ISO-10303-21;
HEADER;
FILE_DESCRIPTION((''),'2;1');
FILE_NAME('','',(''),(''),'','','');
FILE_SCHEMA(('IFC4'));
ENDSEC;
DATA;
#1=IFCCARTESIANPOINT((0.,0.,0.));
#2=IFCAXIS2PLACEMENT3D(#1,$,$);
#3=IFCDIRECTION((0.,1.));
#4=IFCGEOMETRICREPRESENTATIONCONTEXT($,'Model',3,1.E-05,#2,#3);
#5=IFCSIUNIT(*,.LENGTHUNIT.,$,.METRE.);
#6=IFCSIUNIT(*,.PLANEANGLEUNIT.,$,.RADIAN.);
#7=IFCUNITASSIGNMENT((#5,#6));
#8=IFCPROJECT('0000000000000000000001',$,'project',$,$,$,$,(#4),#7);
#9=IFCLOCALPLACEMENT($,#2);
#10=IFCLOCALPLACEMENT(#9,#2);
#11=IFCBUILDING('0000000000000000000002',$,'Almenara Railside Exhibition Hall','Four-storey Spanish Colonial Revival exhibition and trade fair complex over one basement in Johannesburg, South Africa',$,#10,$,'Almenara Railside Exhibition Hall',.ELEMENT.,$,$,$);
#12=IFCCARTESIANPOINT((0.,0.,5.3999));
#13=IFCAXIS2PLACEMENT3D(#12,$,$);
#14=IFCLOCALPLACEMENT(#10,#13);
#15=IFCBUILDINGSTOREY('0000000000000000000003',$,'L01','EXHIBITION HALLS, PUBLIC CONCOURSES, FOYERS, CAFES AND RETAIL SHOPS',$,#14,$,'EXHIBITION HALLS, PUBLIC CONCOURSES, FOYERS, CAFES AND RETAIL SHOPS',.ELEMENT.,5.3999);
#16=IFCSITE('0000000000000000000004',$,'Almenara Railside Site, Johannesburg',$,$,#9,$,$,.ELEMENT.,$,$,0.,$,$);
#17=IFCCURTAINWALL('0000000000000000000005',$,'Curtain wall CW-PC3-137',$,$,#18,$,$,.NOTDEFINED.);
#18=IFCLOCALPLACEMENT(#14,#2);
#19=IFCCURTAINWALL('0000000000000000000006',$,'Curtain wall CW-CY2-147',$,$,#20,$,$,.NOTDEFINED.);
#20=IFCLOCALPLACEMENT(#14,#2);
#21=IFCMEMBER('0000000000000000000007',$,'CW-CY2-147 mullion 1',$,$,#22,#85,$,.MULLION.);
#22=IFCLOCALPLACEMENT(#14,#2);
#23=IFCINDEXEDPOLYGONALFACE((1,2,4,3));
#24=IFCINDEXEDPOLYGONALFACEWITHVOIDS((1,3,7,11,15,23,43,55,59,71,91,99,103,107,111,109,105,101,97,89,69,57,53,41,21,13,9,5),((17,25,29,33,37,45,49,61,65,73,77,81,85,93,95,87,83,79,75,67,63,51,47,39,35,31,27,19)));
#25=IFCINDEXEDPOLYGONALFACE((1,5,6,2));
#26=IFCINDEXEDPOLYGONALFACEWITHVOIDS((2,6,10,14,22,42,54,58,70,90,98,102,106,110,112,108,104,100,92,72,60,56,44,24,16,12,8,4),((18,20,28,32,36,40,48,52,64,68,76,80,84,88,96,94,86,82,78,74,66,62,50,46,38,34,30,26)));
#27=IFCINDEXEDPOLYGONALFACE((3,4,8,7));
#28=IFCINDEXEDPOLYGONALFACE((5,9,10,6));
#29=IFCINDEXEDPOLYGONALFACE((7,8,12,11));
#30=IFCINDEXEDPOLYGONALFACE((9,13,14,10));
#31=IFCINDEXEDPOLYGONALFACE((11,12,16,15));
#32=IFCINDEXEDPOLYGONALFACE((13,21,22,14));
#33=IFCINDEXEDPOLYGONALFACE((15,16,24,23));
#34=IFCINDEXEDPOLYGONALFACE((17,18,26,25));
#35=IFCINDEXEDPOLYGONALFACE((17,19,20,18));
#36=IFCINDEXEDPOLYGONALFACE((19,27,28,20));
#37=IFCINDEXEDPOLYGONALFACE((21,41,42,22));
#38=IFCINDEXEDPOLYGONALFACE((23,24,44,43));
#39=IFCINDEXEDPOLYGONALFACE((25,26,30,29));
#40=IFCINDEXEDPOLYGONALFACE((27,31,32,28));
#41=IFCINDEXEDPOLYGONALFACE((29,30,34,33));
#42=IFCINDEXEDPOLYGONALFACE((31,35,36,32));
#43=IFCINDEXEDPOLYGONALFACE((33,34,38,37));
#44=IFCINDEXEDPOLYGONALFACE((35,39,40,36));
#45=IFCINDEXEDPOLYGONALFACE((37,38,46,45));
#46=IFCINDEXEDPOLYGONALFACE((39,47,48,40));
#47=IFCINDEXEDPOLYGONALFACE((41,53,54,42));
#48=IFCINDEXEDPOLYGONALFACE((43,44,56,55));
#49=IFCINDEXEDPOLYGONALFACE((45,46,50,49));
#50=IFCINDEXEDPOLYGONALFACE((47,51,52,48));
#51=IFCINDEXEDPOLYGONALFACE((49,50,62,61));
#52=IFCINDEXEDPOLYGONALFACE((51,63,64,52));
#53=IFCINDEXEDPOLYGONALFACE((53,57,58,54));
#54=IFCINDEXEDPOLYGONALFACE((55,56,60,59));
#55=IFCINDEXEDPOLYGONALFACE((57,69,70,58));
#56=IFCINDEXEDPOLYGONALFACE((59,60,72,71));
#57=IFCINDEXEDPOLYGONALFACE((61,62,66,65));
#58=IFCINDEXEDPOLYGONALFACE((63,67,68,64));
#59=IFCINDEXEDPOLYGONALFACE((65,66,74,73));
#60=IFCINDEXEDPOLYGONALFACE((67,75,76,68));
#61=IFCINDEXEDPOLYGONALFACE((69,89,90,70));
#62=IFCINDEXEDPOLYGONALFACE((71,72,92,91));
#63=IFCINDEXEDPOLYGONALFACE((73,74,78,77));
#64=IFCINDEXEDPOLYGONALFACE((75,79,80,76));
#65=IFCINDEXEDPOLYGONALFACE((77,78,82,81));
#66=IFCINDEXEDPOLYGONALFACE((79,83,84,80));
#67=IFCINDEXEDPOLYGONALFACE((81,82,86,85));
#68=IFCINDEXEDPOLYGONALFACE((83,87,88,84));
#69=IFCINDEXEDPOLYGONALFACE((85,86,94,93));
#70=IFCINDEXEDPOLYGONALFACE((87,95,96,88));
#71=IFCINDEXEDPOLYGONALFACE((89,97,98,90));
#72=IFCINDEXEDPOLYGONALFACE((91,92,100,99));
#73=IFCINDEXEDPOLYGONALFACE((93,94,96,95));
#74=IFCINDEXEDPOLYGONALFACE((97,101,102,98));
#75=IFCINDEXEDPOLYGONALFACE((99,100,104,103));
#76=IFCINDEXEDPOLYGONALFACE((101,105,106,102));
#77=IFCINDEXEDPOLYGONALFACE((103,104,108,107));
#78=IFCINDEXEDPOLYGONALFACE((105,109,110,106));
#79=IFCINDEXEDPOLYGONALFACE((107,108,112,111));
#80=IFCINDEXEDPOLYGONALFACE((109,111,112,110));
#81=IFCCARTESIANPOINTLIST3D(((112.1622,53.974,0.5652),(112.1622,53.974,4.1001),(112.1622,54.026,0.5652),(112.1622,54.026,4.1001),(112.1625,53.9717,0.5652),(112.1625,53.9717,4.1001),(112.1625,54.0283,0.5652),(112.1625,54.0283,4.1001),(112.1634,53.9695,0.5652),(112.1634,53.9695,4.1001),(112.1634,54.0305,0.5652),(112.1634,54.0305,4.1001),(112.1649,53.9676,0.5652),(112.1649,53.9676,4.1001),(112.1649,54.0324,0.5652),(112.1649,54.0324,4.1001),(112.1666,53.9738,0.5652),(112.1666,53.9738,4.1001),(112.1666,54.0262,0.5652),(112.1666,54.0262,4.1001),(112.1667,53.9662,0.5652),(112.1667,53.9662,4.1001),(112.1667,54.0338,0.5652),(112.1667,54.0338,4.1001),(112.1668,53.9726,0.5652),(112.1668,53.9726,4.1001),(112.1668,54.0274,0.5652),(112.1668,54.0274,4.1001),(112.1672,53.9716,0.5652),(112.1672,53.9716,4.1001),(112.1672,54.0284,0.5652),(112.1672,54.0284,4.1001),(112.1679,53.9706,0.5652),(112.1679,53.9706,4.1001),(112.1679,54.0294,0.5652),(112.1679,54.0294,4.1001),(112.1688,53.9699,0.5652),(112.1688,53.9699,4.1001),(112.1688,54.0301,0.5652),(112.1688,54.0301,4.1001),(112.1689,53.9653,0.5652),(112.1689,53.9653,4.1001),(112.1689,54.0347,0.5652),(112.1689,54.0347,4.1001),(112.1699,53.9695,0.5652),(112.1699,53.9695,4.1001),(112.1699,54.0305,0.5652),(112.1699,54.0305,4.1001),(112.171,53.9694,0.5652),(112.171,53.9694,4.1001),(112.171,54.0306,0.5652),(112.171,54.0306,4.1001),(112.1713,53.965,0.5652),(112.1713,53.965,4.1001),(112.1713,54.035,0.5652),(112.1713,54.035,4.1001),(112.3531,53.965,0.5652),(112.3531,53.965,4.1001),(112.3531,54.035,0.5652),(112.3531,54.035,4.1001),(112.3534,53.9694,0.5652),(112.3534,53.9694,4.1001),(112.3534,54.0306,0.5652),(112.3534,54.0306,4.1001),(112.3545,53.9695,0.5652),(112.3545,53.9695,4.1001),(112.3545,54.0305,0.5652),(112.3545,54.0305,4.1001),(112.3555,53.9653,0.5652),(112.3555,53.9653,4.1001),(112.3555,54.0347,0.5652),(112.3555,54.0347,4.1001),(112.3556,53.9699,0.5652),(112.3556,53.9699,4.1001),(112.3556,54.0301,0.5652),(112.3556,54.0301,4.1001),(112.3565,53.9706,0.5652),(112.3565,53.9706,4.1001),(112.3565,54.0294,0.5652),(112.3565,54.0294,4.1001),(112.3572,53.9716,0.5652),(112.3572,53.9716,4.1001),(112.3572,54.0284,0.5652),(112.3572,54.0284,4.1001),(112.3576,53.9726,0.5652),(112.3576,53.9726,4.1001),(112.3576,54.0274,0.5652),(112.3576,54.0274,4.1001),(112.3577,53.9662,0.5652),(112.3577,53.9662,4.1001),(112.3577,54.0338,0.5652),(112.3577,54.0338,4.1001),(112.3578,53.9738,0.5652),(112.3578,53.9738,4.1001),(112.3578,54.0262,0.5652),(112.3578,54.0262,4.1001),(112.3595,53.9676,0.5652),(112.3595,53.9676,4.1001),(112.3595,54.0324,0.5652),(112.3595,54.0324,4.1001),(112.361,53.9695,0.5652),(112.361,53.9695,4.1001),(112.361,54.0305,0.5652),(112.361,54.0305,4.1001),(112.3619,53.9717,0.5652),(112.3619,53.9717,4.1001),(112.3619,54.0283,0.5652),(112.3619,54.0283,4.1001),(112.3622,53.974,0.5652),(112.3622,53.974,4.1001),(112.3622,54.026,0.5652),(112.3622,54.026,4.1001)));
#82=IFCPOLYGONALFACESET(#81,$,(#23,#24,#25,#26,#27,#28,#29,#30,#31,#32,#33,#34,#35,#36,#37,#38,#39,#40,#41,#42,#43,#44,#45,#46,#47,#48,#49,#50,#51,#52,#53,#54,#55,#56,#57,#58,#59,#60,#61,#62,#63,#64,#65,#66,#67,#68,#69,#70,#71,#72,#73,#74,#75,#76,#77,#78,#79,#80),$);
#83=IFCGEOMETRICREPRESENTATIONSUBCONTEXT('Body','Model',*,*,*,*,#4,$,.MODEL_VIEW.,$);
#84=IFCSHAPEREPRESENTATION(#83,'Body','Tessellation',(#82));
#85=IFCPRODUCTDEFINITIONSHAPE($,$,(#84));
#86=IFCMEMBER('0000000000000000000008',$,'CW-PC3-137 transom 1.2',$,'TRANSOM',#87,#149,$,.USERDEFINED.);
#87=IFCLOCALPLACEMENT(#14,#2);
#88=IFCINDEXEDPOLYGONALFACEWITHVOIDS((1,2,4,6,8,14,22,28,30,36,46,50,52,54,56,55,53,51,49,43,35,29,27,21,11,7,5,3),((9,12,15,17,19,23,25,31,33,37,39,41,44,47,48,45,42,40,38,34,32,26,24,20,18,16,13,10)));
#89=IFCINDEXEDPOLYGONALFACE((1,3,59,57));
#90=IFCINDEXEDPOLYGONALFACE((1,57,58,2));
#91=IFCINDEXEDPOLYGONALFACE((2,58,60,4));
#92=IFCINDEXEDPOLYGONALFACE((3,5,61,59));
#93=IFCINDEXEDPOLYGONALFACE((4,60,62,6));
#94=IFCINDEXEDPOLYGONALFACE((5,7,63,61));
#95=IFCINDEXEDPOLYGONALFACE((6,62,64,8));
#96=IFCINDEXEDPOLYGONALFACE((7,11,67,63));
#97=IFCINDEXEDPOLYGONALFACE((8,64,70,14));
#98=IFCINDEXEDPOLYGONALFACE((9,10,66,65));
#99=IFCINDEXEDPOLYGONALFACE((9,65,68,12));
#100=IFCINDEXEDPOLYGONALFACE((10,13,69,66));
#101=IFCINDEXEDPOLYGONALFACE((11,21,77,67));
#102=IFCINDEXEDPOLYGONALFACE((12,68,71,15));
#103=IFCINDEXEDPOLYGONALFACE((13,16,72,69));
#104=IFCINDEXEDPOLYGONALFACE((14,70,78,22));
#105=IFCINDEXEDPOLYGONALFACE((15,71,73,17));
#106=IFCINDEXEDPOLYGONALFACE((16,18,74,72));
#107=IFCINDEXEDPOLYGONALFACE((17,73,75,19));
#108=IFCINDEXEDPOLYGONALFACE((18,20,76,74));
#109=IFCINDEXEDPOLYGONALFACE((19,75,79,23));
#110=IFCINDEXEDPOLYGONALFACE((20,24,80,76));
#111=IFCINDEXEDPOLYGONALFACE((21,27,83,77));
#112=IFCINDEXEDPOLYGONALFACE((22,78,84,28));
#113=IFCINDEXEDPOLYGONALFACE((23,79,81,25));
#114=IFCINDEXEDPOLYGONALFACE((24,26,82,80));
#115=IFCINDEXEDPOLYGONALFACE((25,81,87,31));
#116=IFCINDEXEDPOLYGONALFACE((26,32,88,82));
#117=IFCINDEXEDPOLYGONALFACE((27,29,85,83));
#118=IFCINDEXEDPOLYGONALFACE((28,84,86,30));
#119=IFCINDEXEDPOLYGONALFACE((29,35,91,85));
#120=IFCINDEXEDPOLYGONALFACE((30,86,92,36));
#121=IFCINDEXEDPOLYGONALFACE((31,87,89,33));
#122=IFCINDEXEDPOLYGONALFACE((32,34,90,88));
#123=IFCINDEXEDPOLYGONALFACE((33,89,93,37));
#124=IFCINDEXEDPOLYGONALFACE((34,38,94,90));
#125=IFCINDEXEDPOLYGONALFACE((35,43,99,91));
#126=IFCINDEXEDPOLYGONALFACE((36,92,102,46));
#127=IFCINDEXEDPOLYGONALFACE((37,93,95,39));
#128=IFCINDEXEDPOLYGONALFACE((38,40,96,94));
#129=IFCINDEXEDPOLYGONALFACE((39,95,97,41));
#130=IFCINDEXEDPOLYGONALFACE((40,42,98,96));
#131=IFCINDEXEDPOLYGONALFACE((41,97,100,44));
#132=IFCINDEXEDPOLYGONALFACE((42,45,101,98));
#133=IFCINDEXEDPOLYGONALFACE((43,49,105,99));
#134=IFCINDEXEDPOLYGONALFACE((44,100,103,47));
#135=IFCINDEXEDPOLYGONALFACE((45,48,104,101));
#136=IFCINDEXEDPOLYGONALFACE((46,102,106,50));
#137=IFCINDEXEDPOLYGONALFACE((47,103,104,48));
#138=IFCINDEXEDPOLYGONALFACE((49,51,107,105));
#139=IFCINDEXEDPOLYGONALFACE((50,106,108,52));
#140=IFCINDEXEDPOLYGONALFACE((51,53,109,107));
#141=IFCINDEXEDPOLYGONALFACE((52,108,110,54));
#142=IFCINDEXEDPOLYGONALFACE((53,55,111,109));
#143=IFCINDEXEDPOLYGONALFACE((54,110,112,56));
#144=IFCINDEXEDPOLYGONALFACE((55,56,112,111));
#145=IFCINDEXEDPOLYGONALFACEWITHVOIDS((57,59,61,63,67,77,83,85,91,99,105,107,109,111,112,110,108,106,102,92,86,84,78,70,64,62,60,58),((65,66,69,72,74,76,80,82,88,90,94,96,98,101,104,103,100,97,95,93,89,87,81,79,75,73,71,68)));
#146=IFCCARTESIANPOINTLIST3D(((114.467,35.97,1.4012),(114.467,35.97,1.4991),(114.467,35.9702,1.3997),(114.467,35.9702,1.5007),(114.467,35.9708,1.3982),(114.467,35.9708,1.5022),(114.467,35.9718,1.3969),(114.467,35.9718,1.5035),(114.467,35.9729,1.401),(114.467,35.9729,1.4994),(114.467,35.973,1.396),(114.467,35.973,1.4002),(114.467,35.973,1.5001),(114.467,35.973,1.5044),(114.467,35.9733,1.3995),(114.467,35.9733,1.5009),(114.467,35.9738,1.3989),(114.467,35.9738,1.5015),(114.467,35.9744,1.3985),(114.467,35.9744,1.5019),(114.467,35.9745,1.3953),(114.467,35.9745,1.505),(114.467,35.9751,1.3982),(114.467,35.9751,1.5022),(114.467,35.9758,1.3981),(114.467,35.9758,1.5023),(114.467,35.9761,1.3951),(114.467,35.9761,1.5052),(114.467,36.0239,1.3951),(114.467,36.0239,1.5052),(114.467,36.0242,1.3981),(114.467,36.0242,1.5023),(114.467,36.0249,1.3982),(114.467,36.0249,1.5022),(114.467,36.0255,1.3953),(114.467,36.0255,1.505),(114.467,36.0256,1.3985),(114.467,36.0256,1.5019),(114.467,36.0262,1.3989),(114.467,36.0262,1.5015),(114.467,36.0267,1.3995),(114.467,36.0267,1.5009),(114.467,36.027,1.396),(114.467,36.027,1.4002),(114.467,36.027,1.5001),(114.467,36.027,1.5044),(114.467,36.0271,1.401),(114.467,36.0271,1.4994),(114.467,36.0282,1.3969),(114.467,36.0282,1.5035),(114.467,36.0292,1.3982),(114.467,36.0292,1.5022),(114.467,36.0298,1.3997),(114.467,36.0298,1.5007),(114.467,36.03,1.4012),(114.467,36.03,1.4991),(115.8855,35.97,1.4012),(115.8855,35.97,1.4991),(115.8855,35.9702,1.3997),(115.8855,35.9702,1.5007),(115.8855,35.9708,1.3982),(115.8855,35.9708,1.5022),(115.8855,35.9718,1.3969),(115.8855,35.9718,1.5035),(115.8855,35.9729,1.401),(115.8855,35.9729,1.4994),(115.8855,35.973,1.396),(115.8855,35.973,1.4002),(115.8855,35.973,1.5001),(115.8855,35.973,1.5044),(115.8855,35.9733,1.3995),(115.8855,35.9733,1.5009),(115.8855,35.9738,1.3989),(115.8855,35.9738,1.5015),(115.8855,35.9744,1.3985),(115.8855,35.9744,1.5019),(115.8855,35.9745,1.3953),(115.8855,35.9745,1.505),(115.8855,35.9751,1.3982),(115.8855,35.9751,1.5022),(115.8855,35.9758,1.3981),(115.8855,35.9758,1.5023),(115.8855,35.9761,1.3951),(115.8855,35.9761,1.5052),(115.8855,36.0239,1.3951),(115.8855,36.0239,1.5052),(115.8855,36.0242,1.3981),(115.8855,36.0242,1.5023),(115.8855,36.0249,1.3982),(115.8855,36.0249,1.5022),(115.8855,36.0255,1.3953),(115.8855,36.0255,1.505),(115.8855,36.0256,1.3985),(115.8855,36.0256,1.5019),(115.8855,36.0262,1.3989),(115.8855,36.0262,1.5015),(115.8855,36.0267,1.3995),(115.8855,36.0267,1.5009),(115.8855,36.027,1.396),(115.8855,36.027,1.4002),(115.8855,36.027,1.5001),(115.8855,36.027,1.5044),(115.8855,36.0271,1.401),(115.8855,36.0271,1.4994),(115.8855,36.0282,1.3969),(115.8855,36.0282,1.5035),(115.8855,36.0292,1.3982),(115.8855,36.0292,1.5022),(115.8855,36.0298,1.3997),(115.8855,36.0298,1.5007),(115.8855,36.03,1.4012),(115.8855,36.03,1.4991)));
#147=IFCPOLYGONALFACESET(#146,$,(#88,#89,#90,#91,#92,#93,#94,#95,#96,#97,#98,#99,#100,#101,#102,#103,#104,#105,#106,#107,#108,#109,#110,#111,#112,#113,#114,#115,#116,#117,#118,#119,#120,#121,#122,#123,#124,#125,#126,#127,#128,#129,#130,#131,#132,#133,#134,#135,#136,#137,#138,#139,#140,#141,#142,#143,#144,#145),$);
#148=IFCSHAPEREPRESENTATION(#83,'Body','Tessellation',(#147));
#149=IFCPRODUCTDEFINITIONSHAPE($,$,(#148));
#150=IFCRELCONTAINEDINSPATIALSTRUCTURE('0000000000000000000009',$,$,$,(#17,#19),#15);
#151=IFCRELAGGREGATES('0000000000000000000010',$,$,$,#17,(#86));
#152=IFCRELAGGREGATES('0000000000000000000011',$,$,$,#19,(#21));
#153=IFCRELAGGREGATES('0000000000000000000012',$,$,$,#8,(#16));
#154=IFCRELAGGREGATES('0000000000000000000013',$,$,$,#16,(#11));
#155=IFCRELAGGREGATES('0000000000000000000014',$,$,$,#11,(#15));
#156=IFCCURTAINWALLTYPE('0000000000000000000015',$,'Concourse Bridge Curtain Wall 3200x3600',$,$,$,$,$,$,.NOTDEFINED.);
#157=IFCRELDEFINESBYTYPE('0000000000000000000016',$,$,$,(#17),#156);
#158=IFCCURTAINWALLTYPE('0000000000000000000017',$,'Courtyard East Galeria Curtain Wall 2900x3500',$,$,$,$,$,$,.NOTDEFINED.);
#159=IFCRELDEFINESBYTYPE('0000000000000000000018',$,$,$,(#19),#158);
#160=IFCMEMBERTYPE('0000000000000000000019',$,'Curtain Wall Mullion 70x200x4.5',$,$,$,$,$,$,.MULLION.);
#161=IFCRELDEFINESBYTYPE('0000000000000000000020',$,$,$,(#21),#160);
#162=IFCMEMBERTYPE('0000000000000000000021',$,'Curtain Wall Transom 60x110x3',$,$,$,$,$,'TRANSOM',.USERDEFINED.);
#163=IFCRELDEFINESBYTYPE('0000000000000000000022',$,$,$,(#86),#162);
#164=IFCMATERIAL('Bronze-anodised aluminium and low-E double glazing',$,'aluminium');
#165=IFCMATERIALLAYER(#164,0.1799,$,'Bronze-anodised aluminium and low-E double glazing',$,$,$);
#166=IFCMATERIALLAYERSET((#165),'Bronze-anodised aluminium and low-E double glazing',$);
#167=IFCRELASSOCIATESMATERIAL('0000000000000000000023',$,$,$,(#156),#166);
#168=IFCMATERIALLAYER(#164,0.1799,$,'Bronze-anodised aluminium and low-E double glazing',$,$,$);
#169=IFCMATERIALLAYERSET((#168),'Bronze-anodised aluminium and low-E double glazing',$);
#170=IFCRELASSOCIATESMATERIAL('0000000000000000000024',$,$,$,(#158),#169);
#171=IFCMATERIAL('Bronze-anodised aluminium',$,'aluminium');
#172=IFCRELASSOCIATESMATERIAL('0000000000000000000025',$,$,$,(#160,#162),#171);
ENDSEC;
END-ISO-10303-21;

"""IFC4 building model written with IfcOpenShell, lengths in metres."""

from ifc_helpers import new_model, si_unit, direction, frame, origin, origin_2d, place, context, subcontext, project, spatial, hollow_rectangle, extrude, material, layer, layer_set, material_profile, profile_set, type_object, element, aggregate, save


model = new_model("IFC4")

# Units and contexts
model_context = context("Model", 3, precision=1e-05, world=origin(), true_north=direction((0.0, 1.0)))
body_context = subcontext(model_context, "Body", "Model", "MODEL_VIEW")
ifc_project = project(units=[si_unit("LENGTHUNIT", "METRE"), si_unit("PLANEANGLEUNIT", "RADIAN")], contexts=[model_context])

# Site, building, storey
site_placement = place(None, origin())
site = spatial("IfcSite", under=ifc_project, at=site_placement, Name="Almenara Railside Site, Johannesburg", CompositionType="ELEMENT", RefElevation=0.0)
building_placement = place(site_placement, origin())
building = spatial("IfcBuilding", under=site, at=building_placement, Name="Almenara Railside Exhibition Hall", Description="Four-storey Spanish Colonial Revival exhibition and trade fair complex over one basement in Johannesburg, South Africa", LongName="Almenara Railside Exhibition Hall", CompositionType="ELEMENT")
storey_placement = place(building_placement, frame((0.0, 0.0, 5.3999)))
storey = spatial("IfcBuildingStorey", under=building, at=storey_placement, Name="L01", Description="EXHIBITION HALLS, PUBLIC CONCOURSES, FOYERS, CAFES AND RETAIL SHOPS", LongName="EXHIBITION HALLS, PUBLIC CONCOURSES, FOYERS, CAFES AND RETAIL SHOPS", CompositionType="ELEMENT", Elevation=5.3999)

# Curtain wall
ifc_material_1 = material(Name="Bronze-anodised aluminium and low-E double glazing", Category="aluminium")
ifc_layer_1 = layer(ifc_material_1, 0.1799, Name="Bronze-anodised aluminium and low-E double glazing")
ifc_layer_set_1 = layer_set([ifc_layer_1], Name="Bronze-anodised aluminium and low-E double glazing")
curtain_wall_type_1 = type_object("IfcCurtainWallType", Name="Concourse Bridge Curtain Wall 3200x3600", PredefinedType="NOTDEFINED", material=ifc_layer_set_1)
curtain_wall_1_placement = place(storey_placement, origin())
curtain_wall_1 = element("IfcCurtainWall", 1, at=curtain_wall_1_placement, inside=storey, type_object=curtain_wall_type_1, Name="Curtain wall CW-PC3-137", PredefinedType="NOTDEFINED")
ifc_material_2 = material(Name="Bronze-anodised aluminium", Category="aluminium")

# Curtain wall, member
ifc_layer_2 = layer(ifc_material_1, 0.1799, Name="Bronze-anodised aluminium and low-E double glazing")
ifc_layer_set_2 = layer_set([ifc_layer_2], Name="Bronze-anodised aluminium and low-E double glazing")
curtain_wall_type_2 = type_object("IfcCurtainWallType", Name="Courtyard East Galeria Curtain Wall 2900x3500", PredefinedType="NOTDEFINED", material=ifc_layer_set_2)
curtain_wall_2_placement = place(storey_placement, origin())
curtain_wall_2 = element("IfcCurtainWall", 2, at=curtain_wall_2_placement, inside=storey, type_object=curtain_wall_type_2, Name="Curtain wall CW-CY2-147", PredefinedType="NOTDEFINED")
ifc_material_profile_1 = material_profile(ifc_material_2, hollow_rectangle(XDim=0.0701, YDim=0.2, WallThickness=0.0044, InnerFilletRadius=0.0044, OuterFilletRadius=0.009, at=origin_2d()), Name="ALU-MUL 70x200x4.5")
ifc_profile_set_1 = profile_set([ifc_material_profile_1], Name="Bronze-anodised aluminium")
member_type_1 = type_object("IfcMemberType", Name="Curtain Wall Mullion 70x200x4.5", PredefinedType="MULLION", material=ifc_profile_set_1)
member_1_placement = place(storey_placement, frame((112.2622, 54.0, 0.5652), z_axis=(0.0, 0.0, 1.0), x_axis=(0.0, 1.0, 0.0)))
member_1 = element("IfcMember", 3, at=member_1_placement, type_object=member_type_1, Name="CW-CY2-147 mullion 1", PredefinedType="MULLION", context=body_context, shape_type="SweptSolid", body=[
    extrude(hollow_rectangle(XDim=0.0701, YDim=0.2, WallThickness=0.0044, InnerFilletRadius=0.0044, OuterFilletRadius=0.009, at=origin_2d()), origin(), (0.0, 0.0, 1.0), 3.5349),
])

# Member
ifc_material_profile_2 = material_profile(ifc_material_2, hollow_rectangle(XDim=0.0601, YDim=0.1101, WallThickness=0.0029, InnerFilletRadius=0.0029, OuterFilletRadius=0.0061, at=origin_2d()), Name="ALU-TRN 60x110x3")
ifc_profile_set_2 = profile_set([ifc_material_profile_2], Name="Bronze-anodised aluminium")
member_type_2 = type_object("IfcMemberType", Name="Curtain Wall Transom 60x110x3", ElementType="TRANSOM", PredefinedType="USERDEFINED", material=ifc_profile_set_2)
member_2_placement = place(storey_placement, frame((114.467, 36.0, 1.4502), z_axis=(1.0, 0.0, 0.0), x_axis=(0.0, 1.0, 0.0)))
member_2 = element("IfcMember", 4, at=member_2_placement, type_object=member_type_2, Name="CW-PC3-137 transom 1.2", ObjectType="TRANSOM", PredefinedType="USERDEFINED", context=body_context, shape_type="SweptSolid", body=[
    extrude(hollow_rectangle(XDim=0.0601, YDim=0.1101, WallThickness=0.0029, InnerFilletRadius=0.0029, OuterFilletRadius=0.0061, at=origin_2d()), origin(), (0.0, 0.0, 1.0), 1.4185),
])

aggregate(curtain_wall_1, [member_2])
aggregate(curtain_wall_2, [member_1])

save(model, "model.ifc")
